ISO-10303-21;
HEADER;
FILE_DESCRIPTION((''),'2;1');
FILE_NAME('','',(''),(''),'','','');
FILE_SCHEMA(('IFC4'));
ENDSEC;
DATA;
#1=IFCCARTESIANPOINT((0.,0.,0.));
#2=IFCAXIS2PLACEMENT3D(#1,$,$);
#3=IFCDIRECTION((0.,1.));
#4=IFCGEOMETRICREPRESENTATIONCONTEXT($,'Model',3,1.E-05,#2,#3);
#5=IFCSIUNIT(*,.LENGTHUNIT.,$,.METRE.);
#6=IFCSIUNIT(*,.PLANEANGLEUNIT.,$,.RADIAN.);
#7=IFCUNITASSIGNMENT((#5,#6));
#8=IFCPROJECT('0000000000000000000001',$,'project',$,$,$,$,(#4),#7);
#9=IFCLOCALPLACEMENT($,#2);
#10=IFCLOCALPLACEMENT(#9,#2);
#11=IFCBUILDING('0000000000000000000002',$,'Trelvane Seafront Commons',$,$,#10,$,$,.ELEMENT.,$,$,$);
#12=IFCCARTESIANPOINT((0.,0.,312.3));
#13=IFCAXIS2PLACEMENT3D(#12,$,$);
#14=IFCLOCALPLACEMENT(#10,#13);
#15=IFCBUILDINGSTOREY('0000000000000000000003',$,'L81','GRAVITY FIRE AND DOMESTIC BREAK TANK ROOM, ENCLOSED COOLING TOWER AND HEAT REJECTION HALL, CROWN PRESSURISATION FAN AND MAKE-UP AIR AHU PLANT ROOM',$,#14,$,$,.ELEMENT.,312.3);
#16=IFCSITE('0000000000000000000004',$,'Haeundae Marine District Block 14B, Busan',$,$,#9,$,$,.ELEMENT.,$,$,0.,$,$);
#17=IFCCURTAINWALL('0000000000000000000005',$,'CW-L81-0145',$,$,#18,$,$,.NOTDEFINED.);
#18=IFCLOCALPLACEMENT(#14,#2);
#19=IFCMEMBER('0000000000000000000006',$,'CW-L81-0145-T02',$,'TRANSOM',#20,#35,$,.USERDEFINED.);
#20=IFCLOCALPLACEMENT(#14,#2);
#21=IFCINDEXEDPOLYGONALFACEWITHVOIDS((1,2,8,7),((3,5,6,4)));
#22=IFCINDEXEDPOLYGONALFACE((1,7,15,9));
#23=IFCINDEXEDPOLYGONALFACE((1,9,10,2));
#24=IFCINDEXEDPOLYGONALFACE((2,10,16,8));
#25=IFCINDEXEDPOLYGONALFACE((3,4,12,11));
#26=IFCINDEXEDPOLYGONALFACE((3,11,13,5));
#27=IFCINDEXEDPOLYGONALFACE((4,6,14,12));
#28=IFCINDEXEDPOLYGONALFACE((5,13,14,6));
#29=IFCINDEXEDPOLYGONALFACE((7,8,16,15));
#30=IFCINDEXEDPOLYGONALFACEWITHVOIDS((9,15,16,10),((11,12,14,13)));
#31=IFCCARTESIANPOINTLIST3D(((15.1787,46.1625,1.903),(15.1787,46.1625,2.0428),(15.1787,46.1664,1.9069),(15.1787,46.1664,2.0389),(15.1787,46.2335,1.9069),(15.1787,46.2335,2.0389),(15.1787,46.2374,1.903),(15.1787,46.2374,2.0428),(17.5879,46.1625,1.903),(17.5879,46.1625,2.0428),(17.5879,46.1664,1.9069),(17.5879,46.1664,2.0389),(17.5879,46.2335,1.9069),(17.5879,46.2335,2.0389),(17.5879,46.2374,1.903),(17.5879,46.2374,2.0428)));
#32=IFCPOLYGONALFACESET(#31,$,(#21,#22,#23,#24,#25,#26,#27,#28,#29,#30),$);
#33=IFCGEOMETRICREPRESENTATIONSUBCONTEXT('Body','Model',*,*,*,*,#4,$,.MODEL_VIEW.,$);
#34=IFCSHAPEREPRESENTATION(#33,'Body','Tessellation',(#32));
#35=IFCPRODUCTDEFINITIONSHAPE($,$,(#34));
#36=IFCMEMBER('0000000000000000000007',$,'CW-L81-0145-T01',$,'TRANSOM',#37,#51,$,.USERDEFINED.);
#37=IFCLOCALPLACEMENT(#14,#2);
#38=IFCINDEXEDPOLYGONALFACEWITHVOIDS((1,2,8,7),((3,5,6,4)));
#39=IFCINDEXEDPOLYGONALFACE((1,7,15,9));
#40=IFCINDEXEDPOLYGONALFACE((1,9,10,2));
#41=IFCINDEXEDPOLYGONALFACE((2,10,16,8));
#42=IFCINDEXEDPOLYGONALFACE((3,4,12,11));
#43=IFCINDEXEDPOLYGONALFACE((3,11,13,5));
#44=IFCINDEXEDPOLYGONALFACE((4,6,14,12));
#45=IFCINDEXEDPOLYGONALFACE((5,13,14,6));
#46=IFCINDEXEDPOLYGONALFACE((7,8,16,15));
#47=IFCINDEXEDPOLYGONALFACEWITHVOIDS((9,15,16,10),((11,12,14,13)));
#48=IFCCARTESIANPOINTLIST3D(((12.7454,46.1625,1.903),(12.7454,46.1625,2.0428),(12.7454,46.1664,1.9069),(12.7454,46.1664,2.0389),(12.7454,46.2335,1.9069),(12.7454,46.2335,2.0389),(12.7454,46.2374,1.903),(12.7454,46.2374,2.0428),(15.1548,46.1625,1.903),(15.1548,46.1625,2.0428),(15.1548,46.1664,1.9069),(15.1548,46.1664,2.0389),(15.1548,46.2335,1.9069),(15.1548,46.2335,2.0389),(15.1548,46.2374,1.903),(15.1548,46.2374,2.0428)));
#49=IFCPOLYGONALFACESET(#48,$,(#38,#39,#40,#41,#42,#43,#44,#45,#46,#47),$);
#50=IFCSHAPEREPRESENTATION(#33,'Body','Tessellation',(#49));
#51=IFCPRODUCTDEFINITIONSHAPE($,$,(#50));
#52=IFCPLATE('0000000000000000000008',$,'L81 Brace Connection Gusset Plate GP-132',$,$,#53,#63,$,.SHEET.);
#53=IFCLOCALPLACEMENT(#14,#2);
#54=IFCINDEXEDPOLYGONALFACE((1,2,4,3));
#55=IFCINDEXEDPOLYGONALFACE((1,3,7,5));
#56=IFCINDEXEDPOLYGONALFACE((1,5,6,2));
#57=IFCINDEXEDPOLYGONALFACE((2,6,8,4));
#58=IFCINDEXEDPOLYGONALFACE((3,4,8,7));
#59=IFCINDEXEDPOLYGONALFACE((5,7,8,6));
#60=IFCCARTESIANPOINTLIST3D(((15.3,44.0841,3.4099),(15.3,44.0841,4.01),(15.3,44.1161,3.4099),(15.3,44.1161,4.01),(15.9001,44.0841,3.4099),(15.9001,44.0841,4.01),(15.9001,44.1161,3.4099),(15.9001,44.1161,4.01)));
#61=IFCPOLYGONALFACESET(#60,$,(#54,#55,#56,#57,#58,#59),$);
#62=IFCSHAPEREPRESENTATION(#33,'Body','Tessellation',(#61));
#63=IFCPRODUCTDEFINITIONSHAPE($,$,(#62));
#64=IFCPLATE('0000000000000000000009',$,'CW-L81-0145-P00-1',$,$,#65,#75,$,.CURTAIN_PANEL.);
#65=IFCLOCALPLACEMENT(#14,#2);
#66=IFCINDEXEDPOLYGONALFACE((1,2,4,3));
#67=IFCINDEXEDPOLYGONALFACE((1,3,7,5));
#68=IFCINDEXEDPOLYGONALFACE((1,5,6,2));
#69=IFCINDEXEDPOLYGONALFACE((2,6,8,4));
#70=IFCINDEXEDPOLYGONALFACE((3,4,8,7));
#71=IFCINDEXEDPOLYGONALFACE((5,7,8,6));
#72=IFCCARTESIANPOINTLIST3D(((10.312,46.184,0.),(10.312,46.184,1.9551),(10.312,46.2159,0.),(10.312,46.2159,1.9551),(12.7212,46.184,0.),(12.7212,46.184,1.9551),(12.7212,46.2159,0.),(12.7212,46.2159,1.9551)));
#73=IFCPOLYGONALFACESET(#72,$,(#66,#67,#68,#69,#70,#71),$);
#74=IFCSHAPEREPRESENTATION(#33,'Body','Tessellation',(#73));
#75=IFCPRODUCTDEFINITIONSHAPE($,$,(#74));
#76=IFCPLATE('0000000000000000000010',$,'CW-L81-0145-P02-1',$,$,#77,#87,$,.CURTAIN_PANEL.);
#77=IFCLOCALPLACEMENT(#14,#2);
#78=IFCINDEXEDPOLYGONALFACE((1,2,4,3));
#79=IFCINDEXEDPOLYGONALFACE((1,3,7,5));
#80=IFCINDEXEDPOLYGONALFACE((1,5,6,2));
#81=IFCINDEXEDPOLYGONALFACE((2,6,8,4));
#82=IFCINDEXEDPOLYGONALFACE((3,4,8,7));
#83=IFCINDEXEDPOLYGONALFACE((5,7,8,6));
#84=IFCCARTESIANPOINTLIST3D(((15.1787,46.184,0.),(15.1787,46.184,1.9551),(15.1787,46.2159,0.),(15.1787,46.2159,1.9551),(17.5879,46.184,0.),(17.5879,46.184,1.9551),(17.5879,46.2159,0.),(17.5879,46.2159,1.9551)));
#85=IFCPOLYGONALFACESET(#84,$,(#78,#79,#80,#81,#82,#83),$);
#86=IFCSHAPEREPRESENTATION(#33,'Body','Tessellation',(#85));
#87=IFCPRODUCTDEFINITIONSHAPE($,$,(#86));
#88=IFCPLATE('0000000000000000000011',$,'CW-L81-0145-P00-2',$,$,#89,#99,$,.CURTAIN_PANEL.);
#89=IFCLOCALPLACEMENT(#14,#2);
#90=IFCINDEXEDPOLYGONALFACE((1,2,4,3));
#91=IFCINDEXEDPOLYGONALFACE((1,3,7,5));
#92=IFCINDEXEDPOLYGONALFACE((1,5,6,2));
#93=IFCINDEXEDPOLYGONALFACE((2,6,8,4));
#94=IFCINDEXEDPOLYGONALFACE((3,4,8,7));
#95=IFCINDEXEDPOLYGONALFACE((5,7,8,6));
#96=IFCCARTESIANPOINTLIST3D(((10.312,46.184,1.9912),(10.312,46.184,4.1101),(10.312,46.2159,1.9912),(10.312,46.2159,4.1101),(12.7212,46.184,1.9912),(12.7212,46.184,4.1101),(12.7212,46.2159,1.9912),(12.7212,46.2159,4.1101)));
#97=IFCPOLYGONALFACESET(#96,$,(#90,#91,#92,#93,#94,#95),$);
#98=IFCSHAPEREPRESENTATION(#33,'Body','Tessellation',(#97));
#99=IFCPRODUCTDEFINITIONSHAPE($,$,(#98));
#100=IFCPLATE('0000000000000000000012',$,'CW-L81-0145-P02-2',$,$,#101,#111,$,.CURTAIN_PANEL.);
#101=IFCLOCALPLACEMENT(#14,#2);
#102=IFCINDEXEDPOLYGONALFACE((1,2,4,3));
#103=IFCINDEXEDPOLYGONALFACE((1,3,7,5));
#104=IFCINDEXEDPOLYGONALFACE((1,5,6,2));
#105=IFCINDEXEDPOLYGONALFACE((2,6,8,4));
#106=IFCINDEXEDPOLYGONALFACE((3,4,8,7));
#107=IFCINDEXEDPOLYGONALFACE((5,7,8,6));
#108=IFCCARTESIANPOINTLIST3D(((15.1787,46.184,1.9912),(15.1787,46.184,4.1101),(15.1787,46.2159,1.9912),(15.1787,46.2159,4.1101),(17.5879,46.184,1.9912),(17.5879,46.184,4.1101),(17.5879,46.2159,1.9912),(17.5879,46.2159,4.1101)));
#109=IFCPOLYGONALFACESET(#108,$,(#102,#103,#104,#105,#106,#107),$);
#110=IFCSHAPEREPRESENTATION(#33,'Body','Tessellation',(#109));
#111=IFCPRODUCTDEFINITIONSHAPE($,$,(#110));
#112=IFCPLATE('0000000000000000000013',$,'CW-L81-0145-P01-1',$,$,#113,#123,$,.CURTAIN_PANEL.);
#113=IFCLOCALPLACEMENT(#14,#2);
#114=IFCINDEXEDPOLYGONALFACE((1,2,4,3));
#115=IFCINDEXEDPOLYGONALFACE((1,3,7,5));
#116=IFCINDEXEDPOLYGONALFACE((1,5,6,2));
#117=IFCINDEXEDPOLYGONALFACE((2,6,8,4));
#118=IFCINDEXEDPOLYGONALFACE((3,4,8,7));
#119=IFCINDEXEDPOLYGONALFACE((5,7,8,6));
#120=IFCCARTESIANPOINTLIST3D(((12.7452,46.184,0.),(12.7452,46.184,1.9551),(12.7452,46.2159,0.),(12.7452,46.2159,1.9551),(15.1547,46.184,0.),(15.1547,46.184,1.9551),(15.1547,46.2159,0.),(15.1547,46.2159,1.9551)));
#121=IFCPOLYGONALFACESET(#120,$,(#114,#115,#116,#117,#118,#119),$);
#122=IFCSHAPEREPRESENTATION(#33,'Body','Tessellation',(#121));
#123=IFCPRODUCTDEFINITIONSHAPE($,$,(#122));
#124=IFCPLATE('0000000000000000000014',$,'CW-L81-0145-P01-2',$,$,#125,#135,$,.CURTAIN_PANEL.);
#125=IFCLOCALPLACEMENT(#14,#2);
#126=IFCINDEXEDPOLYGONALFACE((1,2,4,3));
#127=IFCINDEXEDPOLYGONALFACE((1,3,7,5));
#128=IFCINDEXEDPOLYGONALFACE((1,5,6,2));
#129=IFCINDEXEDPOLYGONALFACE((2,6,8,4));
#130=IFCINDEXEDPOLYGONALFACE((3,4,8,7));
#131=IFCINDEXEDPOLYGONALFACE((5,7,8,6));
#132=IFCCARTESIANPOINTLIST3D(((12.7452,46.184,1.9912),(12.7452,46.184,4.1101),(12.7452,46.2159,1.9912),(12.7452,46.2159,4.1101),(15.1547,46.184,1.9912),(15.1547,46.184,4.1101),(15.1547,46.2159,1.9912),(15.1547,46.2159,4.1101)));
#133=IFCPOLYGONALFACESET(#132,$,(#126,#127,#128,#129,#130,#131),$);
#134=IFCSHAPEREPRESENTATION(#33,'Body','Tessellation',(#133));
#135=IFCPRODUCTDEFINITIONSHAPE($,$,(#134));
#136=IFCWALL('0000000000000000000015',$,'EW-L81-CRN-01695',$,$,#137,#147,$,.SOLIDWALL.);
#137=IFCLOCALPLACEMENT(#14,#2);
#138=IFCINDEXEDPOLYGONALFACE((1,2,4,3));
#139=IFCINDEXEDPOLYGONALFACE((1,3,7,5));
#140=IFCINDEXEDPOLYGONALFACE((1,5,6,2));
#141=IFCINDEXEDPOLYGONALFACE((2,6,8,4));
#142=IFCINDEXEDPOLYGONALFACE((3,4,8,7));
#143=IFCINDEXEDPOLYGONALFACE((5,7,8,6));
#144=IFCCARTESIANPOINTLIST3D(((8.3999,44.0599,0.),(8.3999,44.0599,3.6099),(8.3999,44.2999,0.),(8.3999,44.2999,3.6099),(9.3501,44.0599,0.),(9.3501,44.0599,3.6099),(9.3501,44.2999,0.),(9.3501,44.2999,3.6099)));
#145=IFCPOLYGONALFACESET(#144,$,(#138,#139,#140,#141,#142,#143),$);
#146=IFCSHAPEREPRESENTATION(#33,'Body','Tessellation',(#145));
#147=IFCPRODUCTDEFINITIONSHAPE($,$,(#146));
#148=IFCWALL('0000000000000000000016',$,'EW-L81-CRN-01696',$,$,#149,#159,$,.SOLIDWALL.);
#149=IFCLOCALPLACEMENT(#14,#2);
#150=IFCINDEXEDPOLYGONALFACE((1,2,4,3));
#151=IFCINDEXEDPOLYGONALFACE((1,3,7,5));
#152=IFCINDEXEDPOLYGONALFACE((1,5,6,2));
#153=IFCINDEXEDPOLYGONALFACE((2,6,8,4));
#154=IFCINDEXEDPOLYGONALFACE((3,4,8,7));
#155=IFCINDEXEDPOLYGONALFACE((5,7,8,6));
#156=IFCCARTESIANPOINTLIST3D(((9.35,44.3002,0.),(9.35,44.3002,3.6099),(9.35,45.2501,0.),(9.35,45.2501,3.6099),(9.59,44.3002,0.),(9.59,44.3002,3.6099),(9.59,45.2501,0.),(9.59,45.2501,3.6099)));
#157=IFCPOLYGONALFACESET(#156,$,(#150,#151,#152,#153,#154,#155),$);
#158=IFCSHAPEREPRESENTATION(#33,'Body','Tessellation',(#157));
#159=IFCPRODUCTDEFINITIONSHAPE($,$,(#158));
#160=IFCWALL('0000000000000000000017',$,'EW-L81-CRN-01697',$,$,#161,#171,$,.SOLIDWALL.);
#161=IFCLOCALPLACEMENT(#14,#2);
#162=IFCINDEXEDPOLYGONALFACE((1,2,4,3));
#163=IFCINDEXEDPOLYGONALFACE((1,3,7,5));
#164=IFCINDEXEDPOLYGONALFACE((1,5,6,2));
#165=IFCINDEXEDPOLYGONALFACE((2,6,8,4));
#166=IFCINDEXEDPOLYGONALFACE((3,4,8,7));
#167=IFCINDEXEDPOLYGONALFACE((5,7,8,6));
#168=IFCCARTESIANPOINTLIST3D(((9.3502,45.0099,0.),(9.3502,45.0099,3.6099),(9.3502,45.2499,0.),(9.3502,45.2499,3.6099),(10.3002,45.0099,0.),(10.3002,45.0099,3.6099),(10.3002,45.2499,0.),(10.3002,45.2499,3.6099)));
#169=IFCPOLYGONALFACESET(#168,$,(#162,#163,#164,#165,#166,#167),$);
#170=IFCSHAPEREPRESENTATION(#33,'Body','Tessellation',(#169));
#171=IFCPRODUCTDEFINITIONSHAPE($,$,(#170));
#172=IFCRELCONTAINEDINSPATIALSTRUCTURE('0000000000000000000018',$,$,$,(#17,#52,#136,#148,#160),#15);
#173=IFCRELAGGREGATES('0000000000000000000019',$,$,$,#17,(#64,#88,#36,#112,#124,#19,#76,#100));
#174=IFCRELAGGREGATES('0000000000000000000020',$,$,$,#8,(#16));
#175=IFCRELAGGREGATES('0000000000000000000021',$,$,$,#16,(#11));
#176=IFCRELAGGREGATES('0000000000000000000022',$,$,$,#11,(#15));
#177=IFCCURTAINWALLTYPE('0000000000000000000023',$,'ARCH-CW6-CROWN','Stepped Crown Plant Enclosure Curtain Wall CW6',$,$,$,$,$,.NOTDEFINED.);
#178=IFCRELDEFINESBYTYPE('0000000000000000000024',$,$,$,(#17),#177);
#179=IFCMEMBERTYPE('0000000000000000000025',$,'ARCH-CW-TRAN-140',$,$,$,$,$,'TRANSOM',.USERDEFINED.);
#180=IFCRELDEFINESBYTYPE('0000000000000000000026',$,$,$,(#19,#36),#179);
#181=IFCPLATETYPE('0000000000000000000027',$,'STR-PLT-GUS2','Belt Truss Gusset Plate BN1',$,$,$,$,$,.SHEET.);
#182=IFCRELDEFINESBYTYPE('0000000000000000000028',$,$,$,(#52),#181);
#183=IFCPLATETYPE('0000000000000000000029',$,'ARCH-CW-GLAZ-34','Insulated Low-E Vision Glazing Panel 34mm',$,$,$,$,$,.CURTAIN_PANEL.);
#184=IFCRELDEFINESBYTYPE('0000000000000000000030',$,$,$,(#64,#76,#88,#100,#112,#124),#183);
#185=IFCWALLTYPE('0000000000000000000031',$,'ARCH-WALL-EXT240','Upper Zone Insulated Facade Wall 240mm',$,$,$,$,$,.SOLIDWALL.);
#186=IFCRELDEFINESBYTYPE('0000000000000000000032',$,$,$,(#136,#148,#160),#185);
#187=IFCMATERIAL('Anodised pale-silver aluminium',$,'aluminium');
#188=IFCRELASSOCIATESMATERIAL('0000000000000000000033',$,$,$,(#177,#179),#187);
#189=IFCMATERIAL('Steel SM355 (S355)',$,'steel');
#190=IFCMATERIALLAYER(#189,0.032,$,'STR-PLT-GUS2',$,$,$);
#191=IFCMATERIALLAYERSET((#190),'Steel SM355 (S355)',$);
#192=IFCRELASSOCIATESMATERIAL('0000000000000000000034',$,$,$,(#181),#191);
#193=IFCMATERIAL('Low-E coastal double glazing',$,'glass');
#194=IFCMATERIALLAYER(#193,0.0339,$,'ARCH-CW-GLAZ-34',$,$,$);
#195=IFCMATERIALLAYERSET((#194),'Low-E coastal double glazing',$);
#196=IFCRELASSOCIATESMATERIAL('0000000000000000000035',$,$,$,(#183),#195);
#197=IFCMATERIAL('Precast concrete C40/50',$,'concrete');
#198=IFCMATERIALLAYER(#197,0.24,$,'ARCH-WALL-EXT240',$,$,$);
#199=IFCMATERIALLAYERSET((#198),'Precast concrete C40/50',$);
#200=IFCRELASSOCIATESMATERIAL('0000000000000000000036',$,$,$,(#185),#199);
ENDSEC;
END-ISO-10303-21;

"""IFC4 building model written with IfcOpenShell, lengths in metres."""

from ifc_helpers import new_model, si_unit, direction, frame, frame_2d, origin, origin_2d, place, context, subcontext, project, spatial, rectangle, hollow_rectangle, extrude, source, transform, mapped, material, layer, layer_set, material_profile, profile_set, type_object, element, aggregate, save


model = new_model("IFC4")

# Units and contexts
model_context = context("Model", 3, precision=1e-05, world=origin(), true_north=direction((0.0, 1.0)))
body_context = subcontext(model_context, "Body", "Model", "MODEL_VIEW")
ifc_project = project(units=[si_unit("LENGTHUNIT", "METRE"), si_unit("PLANEANGLEUNIT", "RADIAN")], contexts=[model_context])

# Site, building, storey
site_placement = place(None, origin())
site = spatial("IfcSite", under=ifc_project, at=site_placement, Name="Haeundae Marine District Block 14B, Busan", CompositionType="ELEMENT", RefElevation=0.0)
building_placement = place(site_placement, origin())
building = spatial("IfcBuilding", under=site, at=building_placement, Name="Trelvane Seafront Commons", CompositionType="ELEMENT")
storey_placement = place(building_placement, frame((0.0, 0.0, 312.3)))
storey = spatial("IfcBuildingStorey", under=building, at=storey_placement, Name="L81", Description="GRAVITY FIRE AND DOMESTIC BREAK TANK ROOM, ENCLOSED COOLING TOWER AND HEAT REJECTION HALL, CROWN PRESSURISATION FAN AND MAKE-UP AIR AHU PLANT ROOM", CompositionType="ELEMENT", Elevation=312.3)

# Shared definitions
ifc_material_1 = material(Name="Steel SM355 (S355)", Category="steel")

# Shared definitions
ifc_material_2 = material(Name="Anodised pale-silver aluminium", Category="aluminium")
curtain_wall_type = type_object("IfcCurtainWallType", Name="ARCH-CW6-CROWN", Description="Stepped Crown Plant Enclosure Curtain Wall CW6", PredefinedType="NOTDEFINED", material=ifc_material_2)

# Curtain wall, members
curtain_wall_1_placement = place(storey_placement, origin())
curtain_wall_1 = element("IfcCurtainWall", 1, at=curtain_wall_1_placement, inside=storey, type_object=curtain_wall_type, Name="CW-L81-0145", PredefinedType="NOTDEFINED")
ifc_material_profile_1 = material_profile(ifc_material_2, hollow_rectangle(XDim=0.075, YDim=0.1399, WallThickness=0.0039, at=origin_2d()), Name="TRAN-75x140x4")
ifc_profile_set_1 = profile_set([ifc_material_profile_1], Name="Anodised pale-silver aluminium")
member_type_1 = type_object("IfcMemberType", Name="ARCH-CW-TRAN-140", ElementType="TRANSOM", PredefinedType="USERDEFINED", material=ifc_profile_set_1)
shared_shape_1 = source(origin(), body_context, "Body", "SweptSolid", [
    extrude(hollow_rectangle(XDim=0.075, YDim=0.1399, WallThickness=0.0039, at=origin_2d()), origin(), (0.0, 0.0, 1.0), 2.4092),
])
member_1_placement = place(storey_placement, frame((15.1787, 46.2, 1.9729), z_axis=(1.0, 0.0, 0.0), x_axis=(0.0, 1.0, 0.0)))
member_1 = element("IfcMember", 2, at=member_1_placement, type_object=member_type_1, Name="CW-L81-0145-T02", ObjectType="TRANSOM", PredefinedType="USERDEFINED", context=body_context, shape_type="MappedRepresentation", body=[
    mapped(shared_shape_1, transform((0.0, 0.0, 0.0), x_axis=(1.0, 0.0, 0.0), y_axis=(0.0, 1.0, 0.0), z_axis=(0.0, 0.0, 1.0), scale=1.0)),
])
shared_shape_2 = source(origin(), body_context, "Body", "SweptSolid", [
    extrude(hollow_rectangle(XDim=0.075, YDim=0.1399, WallThickness=0.0039, at=origin_2d()), origin(), (0.0, 0.0, 1.0), 2.4094),
])
member_2_placement = place(storey_placement, frame((12.7454, 46.2, 1.9729), z_axis=(1.0, 0.0, 0.0), x_axis=(0.0, 1.0, 0.0)))
member_2 = element("IfcMember", 3, at=member_2_placement, type_object=member_type_1, Name="CW-L81-0145-T01", ObjectType="TRANSOM", PredefinedType="USERDEFINED", context=body_context, shape_type="MappedRepresentation", body=[
    mapped(shared_shape_2, transform((0.0, 0.0, 0.0), x_axis=(1.0, 0.0, 0.0), y_axis=(0.0, 1.0, 0.0), z_axis=(0.0, 0.0, 1.0), scale=1.0)),
])

# Plates
ifc_layer_1 = layer(ifc_material_1, 0.032, Name="STR-PLT-GUS2")
ifc_layer_set_1 = layer_set([ifc_layer_1], Name="Steel SM355 (S355)")
plate_type_1 = type_object("IfcPlateType", Name="STR-PLT-GUS2", Description="Belt Truss Gusset Plate BN1", PredefinedType="SHEET", material=ifc_layer_set_1)
shared_shape_3 = source(origin(), body_context, "Body", "SweptSolid", [
    extrude(rectangle(XDim=0.6001, YDim=0.032, at=origin_2d()), origin(), (0.0, 0.0, 1.0), 0.6001),
])
plate_1_placement = place(storey_placement, frame((15.6001, 44.1001, 3.4099), z_axis=(0.0, 0.0, 1.0), x_axis=(1.0, 0.0, 0.0)))
element("IfcPlate", 4, at=plate_1_placement, inside=storey, type_object=plate_type_1, Name="L81 Brace Connection Gusset Plate GP-132", PredefinedType="SHEET", context=body_context, shape_type="MappedRepresentation", body=[
    mapped(shared_shape_3, transform((0.0, 0.0, 0.0), x_axis=(1.0, 0.0, 0.0), y_axis=(0.0, 1.0, 0.0), z_axis=(0.0, 0.0, 1.0), scale=1.0)),
])
ifc_material_3 = material(Name="Low-E coastal double glazing", Category="glass")
ifc_layer_2 = layer(ifc_material_3, 0.0339, Name="ARCH-CW-GLAZ-34")
ifc_layer_set_2 = layer_set([ifc_layer_2], Name="Low-E coastal double glazing")
plate_type_2 = type_object("IfcPlateType", Name="ARCH-CW-GLAZ-34", Description="Insulated Low-E Vision Glazing Panel 34mm", PredefinedType="CURTAIN_PANEL", material=ifc_layer_set_2)
shared_shape_4 = source(origin(), body_context, "Body", "SweptSolid", [
    extrude(rectangle(XDim=2.4092, YDim=0.032, at=origin_2d()), origin(), (0.0, 0.0, 1.0), 1.9551),
])
plate_2_placement = place(storey_placement, frame((11.5166, 46.2, 0.0), z_axis=(0.0, 0.0, 1.0), x_axis=(1.0, 0.0, 0.0)))
plate_2 = element("IfcPlate", 5, at=plate_2_placement, type_object=plate_type_2, Name="CW-L81-0145-P00-1", PredefinedType="CURTAIN_PANEL", context=body_context, shape_type="MappedRepresentation", body=[
    mapped(shared_shape_4, transform((0.0, 0.0, 0.0), x_axis=(1.0, 0.0, 0.0), y_axis=(0.0, 1.0, 0.0), z_axis=(0.0, 0.0, 1.0), scale=1.0)),
])
plate_3_placement = place(storey_placement, frame((16.3833, 46.2, 0.0), z_axis=(0.0, 0.0, 1.0), x_axis=(1.0, 0.0, 0.0)))
plate_3 = element("IfcPlate", 6, at=plate_3_placement, type_object=plate_type_2, Name="CW-L81-0145-P02-1", PredefinedType="CURTAIN_PANEL", context=body_context, shape_type="MappedRepresentation", body=[
    mapped(shared_shape_4, transform((0.0, 0.0, 0.0), x_axis=(1.0, 0.0, 0.0), y_axis=(0.0, 1.0, 0.0), z_axis=(0.0, 0.0, 1.0), scale=1.0)),
])
shared_shape_5 = source(origin(), body_context, "Body", "SweptSolid", [
    extrude(rectangle(XDim=2.4092, YDim=0.032, at=origin_2d()), origin(), (0.0, 0.0, 1.0), 2.1189),
])
plate_4_placement = place(storey_placement, frame((11.5166, 46.2, 1.9912), z_axis=(0.0, 0.0, 1.0), x_axis=(1.0, 0.0, 0.0)))
plate_4 = element("IfcPlate", 7, at=plate_4_placement, type_object=plate_type_2, Name="CW-L81-0145-P00-2", PredefinedType="CURTAIN_PANEL", context=body_context, shape_type="MappedRepresentation", body=[
    mapped(shared_shape_5, transform((0.0, 0.0, 0.0), x_axis=(1.0, 0.0, 0.0), y_axis=(0.0, 1.0, 0.0), z_axis=(0.0, 0.0, 1.0), scale=1.0)),
])
plate_5_placement = place(storey_placement, frame((16.3833, 46.2, 1.9912), z_axis=(0.0, 0.0, 1.0), x_axis=(1.0, 0.0, 0.0)))
plate_5 = element("IfcPlate", 8, at=plate_5_placement, type_object=plate_type_2, Name="CW-L81-0145-P02-2", PredefinedType="CURTAIN_PANEL", context=body_context, shape_type="MappedRepresentation", body=[
    mapped(shared_shape_5, transform((0.0, 0.0, 0.0), x_axis=(1.0, 0.0, 0.0), y_axis=(0.0, 1.0, 0.0), z_axis=(0.0, 0.0, 1.0), scale=1.0)),
])
shared_shape_6 = source(origin(), body_context, "Body", "SweptSolid", [
    extrude(rectangle(XDim=2.4094, YDim=0.032, at=origin_2d()), origin(), (0.0, 0.0, 1.0), 1.9551),
])
plate_6_placement = place(storey_placement, frame((13.95, 46.2, 0.0), z_axis=(0.0, 0.0, 1.0), x_axis=(1.0, 0.0, 0.0)))
plate_6 = element("IfcPlate", 9, at=plate_6_placement, type_object=plate_type_2, Name="CW-L81-0145-P01-1", PredefinedType="CURTAIN_PANEL", context=body_context, shape_type="MappedRepresentation", body=[
    mapped(shared_shape_6, transform((0.0, 0.0, 0.0), x_axis=(1.0, 0.0, 0.0), y_axis=(0.0, 1.0, 0.0), z_axis=(0.0, 0.0, 1.0), scale=1.0)),
])
shared_shape_7 = source(origin(), body_context, "Body", "SweptSolid", [
    extrude(rectangle(XDim=2.4094, YDim=0.032, at=origin_2d()), origin(), (0.0, 0.0, 1.0), 2.1189),
])
plate_7_placement = place(storey_placement, frame((13.95, 46.2, 1.9912), z_axis=(0.0, 0.0, 1.0), x_axis=(1.0, 0.0, 0.0)))
plate_7 = element("IfcPlate", 10, at=plate_7_placement, type_object=plate_type_2, Name="CW-L81-0145-P01-2", PredefinedType="CURTAIN_PANEL", context=body_context, shape_type="MappedRepresentation", body=[
    mapped(shared_shape_7, transform((0.0, 0.0, 0.0), x_axis=(1.0, 0.0, 0.0), y_axis=(0.0, 1.0, 0.0), z_axis=(0.0, 0.0, 1.0), scale=1.0)),
])
aggregate(curtain_wall_1, [plate_2, plate_4, member_2, plate_6, plate_7, member_1, plate_3, plate_5])

# Walls
ifc_material_4 = material(Name="Precast concrete C40/50", Category="concrete")
ifc_layer_3 = layer(ifc_material_4, 0.24, Name="ARCH-WALL-EXT240")
ifc_layer_set_3 = layer_set([ifc_layer_3], Name="Precast concrete C40/50")
wall_type = type_object("IfcWallType", Name="ARCH-WALL-EXT240", Description="Upper Zone Insulated Facade Wall 240mm", PredefinedType="SOLIDWALL", material=ifc_layer_set_3)
wall_1_placement = place(storey_placement, frame((8.3999, 44.1799, 0.0), z_axis=(0.0, 0.0, 1.0), x_axis=(1.0, 0.0, 0.0)))
element("IfcWall", 11, at=wall_1_placement, inside=storey, type_object=wall_type, Name="EW-L81-CRN-01695", PredefinedType="SOLIDWALL", context=body_context, shape_type="SweptSolid", body=[
    extrude(rectangle(XDim=0.9502, YDim=0.24, at=frame_2d((0.4751, 0.0))), origin(), (0.0, 0.0, 1.0), 3.6099),
])
for number, where, z_axis, x_axis, name in (
    (12, (9.47, 44.3, 0.0), (0.0, 0.0, 1.0), (0.0, 1.0, 0.0), "EW-L81-CRN-01696"),
    (13, (9.3501, 45.1299, 0.0), (0.0, 0.0, 1.0), (1.0, 0.0, 0.0), "EW-L81-CRN-01697"),
):
    element("IfcWall", number, at=place(storey_placement, frame(where, z_axis=z_axis, x_axis=x_axis)), inside=storey, type_object=wall_type, Name=name, PredefinedType="SOLIDWALL", context=body_context, shape_type="SweptSolid", body=[
        extrude(rectangle(XDim=0.95, YDim=0.24, at=frame_2d((0.4751, 0.0))), origin(), (0.0, 0.0, 1.0), 3.6099),
    ])

save(model, "model.ifc")
